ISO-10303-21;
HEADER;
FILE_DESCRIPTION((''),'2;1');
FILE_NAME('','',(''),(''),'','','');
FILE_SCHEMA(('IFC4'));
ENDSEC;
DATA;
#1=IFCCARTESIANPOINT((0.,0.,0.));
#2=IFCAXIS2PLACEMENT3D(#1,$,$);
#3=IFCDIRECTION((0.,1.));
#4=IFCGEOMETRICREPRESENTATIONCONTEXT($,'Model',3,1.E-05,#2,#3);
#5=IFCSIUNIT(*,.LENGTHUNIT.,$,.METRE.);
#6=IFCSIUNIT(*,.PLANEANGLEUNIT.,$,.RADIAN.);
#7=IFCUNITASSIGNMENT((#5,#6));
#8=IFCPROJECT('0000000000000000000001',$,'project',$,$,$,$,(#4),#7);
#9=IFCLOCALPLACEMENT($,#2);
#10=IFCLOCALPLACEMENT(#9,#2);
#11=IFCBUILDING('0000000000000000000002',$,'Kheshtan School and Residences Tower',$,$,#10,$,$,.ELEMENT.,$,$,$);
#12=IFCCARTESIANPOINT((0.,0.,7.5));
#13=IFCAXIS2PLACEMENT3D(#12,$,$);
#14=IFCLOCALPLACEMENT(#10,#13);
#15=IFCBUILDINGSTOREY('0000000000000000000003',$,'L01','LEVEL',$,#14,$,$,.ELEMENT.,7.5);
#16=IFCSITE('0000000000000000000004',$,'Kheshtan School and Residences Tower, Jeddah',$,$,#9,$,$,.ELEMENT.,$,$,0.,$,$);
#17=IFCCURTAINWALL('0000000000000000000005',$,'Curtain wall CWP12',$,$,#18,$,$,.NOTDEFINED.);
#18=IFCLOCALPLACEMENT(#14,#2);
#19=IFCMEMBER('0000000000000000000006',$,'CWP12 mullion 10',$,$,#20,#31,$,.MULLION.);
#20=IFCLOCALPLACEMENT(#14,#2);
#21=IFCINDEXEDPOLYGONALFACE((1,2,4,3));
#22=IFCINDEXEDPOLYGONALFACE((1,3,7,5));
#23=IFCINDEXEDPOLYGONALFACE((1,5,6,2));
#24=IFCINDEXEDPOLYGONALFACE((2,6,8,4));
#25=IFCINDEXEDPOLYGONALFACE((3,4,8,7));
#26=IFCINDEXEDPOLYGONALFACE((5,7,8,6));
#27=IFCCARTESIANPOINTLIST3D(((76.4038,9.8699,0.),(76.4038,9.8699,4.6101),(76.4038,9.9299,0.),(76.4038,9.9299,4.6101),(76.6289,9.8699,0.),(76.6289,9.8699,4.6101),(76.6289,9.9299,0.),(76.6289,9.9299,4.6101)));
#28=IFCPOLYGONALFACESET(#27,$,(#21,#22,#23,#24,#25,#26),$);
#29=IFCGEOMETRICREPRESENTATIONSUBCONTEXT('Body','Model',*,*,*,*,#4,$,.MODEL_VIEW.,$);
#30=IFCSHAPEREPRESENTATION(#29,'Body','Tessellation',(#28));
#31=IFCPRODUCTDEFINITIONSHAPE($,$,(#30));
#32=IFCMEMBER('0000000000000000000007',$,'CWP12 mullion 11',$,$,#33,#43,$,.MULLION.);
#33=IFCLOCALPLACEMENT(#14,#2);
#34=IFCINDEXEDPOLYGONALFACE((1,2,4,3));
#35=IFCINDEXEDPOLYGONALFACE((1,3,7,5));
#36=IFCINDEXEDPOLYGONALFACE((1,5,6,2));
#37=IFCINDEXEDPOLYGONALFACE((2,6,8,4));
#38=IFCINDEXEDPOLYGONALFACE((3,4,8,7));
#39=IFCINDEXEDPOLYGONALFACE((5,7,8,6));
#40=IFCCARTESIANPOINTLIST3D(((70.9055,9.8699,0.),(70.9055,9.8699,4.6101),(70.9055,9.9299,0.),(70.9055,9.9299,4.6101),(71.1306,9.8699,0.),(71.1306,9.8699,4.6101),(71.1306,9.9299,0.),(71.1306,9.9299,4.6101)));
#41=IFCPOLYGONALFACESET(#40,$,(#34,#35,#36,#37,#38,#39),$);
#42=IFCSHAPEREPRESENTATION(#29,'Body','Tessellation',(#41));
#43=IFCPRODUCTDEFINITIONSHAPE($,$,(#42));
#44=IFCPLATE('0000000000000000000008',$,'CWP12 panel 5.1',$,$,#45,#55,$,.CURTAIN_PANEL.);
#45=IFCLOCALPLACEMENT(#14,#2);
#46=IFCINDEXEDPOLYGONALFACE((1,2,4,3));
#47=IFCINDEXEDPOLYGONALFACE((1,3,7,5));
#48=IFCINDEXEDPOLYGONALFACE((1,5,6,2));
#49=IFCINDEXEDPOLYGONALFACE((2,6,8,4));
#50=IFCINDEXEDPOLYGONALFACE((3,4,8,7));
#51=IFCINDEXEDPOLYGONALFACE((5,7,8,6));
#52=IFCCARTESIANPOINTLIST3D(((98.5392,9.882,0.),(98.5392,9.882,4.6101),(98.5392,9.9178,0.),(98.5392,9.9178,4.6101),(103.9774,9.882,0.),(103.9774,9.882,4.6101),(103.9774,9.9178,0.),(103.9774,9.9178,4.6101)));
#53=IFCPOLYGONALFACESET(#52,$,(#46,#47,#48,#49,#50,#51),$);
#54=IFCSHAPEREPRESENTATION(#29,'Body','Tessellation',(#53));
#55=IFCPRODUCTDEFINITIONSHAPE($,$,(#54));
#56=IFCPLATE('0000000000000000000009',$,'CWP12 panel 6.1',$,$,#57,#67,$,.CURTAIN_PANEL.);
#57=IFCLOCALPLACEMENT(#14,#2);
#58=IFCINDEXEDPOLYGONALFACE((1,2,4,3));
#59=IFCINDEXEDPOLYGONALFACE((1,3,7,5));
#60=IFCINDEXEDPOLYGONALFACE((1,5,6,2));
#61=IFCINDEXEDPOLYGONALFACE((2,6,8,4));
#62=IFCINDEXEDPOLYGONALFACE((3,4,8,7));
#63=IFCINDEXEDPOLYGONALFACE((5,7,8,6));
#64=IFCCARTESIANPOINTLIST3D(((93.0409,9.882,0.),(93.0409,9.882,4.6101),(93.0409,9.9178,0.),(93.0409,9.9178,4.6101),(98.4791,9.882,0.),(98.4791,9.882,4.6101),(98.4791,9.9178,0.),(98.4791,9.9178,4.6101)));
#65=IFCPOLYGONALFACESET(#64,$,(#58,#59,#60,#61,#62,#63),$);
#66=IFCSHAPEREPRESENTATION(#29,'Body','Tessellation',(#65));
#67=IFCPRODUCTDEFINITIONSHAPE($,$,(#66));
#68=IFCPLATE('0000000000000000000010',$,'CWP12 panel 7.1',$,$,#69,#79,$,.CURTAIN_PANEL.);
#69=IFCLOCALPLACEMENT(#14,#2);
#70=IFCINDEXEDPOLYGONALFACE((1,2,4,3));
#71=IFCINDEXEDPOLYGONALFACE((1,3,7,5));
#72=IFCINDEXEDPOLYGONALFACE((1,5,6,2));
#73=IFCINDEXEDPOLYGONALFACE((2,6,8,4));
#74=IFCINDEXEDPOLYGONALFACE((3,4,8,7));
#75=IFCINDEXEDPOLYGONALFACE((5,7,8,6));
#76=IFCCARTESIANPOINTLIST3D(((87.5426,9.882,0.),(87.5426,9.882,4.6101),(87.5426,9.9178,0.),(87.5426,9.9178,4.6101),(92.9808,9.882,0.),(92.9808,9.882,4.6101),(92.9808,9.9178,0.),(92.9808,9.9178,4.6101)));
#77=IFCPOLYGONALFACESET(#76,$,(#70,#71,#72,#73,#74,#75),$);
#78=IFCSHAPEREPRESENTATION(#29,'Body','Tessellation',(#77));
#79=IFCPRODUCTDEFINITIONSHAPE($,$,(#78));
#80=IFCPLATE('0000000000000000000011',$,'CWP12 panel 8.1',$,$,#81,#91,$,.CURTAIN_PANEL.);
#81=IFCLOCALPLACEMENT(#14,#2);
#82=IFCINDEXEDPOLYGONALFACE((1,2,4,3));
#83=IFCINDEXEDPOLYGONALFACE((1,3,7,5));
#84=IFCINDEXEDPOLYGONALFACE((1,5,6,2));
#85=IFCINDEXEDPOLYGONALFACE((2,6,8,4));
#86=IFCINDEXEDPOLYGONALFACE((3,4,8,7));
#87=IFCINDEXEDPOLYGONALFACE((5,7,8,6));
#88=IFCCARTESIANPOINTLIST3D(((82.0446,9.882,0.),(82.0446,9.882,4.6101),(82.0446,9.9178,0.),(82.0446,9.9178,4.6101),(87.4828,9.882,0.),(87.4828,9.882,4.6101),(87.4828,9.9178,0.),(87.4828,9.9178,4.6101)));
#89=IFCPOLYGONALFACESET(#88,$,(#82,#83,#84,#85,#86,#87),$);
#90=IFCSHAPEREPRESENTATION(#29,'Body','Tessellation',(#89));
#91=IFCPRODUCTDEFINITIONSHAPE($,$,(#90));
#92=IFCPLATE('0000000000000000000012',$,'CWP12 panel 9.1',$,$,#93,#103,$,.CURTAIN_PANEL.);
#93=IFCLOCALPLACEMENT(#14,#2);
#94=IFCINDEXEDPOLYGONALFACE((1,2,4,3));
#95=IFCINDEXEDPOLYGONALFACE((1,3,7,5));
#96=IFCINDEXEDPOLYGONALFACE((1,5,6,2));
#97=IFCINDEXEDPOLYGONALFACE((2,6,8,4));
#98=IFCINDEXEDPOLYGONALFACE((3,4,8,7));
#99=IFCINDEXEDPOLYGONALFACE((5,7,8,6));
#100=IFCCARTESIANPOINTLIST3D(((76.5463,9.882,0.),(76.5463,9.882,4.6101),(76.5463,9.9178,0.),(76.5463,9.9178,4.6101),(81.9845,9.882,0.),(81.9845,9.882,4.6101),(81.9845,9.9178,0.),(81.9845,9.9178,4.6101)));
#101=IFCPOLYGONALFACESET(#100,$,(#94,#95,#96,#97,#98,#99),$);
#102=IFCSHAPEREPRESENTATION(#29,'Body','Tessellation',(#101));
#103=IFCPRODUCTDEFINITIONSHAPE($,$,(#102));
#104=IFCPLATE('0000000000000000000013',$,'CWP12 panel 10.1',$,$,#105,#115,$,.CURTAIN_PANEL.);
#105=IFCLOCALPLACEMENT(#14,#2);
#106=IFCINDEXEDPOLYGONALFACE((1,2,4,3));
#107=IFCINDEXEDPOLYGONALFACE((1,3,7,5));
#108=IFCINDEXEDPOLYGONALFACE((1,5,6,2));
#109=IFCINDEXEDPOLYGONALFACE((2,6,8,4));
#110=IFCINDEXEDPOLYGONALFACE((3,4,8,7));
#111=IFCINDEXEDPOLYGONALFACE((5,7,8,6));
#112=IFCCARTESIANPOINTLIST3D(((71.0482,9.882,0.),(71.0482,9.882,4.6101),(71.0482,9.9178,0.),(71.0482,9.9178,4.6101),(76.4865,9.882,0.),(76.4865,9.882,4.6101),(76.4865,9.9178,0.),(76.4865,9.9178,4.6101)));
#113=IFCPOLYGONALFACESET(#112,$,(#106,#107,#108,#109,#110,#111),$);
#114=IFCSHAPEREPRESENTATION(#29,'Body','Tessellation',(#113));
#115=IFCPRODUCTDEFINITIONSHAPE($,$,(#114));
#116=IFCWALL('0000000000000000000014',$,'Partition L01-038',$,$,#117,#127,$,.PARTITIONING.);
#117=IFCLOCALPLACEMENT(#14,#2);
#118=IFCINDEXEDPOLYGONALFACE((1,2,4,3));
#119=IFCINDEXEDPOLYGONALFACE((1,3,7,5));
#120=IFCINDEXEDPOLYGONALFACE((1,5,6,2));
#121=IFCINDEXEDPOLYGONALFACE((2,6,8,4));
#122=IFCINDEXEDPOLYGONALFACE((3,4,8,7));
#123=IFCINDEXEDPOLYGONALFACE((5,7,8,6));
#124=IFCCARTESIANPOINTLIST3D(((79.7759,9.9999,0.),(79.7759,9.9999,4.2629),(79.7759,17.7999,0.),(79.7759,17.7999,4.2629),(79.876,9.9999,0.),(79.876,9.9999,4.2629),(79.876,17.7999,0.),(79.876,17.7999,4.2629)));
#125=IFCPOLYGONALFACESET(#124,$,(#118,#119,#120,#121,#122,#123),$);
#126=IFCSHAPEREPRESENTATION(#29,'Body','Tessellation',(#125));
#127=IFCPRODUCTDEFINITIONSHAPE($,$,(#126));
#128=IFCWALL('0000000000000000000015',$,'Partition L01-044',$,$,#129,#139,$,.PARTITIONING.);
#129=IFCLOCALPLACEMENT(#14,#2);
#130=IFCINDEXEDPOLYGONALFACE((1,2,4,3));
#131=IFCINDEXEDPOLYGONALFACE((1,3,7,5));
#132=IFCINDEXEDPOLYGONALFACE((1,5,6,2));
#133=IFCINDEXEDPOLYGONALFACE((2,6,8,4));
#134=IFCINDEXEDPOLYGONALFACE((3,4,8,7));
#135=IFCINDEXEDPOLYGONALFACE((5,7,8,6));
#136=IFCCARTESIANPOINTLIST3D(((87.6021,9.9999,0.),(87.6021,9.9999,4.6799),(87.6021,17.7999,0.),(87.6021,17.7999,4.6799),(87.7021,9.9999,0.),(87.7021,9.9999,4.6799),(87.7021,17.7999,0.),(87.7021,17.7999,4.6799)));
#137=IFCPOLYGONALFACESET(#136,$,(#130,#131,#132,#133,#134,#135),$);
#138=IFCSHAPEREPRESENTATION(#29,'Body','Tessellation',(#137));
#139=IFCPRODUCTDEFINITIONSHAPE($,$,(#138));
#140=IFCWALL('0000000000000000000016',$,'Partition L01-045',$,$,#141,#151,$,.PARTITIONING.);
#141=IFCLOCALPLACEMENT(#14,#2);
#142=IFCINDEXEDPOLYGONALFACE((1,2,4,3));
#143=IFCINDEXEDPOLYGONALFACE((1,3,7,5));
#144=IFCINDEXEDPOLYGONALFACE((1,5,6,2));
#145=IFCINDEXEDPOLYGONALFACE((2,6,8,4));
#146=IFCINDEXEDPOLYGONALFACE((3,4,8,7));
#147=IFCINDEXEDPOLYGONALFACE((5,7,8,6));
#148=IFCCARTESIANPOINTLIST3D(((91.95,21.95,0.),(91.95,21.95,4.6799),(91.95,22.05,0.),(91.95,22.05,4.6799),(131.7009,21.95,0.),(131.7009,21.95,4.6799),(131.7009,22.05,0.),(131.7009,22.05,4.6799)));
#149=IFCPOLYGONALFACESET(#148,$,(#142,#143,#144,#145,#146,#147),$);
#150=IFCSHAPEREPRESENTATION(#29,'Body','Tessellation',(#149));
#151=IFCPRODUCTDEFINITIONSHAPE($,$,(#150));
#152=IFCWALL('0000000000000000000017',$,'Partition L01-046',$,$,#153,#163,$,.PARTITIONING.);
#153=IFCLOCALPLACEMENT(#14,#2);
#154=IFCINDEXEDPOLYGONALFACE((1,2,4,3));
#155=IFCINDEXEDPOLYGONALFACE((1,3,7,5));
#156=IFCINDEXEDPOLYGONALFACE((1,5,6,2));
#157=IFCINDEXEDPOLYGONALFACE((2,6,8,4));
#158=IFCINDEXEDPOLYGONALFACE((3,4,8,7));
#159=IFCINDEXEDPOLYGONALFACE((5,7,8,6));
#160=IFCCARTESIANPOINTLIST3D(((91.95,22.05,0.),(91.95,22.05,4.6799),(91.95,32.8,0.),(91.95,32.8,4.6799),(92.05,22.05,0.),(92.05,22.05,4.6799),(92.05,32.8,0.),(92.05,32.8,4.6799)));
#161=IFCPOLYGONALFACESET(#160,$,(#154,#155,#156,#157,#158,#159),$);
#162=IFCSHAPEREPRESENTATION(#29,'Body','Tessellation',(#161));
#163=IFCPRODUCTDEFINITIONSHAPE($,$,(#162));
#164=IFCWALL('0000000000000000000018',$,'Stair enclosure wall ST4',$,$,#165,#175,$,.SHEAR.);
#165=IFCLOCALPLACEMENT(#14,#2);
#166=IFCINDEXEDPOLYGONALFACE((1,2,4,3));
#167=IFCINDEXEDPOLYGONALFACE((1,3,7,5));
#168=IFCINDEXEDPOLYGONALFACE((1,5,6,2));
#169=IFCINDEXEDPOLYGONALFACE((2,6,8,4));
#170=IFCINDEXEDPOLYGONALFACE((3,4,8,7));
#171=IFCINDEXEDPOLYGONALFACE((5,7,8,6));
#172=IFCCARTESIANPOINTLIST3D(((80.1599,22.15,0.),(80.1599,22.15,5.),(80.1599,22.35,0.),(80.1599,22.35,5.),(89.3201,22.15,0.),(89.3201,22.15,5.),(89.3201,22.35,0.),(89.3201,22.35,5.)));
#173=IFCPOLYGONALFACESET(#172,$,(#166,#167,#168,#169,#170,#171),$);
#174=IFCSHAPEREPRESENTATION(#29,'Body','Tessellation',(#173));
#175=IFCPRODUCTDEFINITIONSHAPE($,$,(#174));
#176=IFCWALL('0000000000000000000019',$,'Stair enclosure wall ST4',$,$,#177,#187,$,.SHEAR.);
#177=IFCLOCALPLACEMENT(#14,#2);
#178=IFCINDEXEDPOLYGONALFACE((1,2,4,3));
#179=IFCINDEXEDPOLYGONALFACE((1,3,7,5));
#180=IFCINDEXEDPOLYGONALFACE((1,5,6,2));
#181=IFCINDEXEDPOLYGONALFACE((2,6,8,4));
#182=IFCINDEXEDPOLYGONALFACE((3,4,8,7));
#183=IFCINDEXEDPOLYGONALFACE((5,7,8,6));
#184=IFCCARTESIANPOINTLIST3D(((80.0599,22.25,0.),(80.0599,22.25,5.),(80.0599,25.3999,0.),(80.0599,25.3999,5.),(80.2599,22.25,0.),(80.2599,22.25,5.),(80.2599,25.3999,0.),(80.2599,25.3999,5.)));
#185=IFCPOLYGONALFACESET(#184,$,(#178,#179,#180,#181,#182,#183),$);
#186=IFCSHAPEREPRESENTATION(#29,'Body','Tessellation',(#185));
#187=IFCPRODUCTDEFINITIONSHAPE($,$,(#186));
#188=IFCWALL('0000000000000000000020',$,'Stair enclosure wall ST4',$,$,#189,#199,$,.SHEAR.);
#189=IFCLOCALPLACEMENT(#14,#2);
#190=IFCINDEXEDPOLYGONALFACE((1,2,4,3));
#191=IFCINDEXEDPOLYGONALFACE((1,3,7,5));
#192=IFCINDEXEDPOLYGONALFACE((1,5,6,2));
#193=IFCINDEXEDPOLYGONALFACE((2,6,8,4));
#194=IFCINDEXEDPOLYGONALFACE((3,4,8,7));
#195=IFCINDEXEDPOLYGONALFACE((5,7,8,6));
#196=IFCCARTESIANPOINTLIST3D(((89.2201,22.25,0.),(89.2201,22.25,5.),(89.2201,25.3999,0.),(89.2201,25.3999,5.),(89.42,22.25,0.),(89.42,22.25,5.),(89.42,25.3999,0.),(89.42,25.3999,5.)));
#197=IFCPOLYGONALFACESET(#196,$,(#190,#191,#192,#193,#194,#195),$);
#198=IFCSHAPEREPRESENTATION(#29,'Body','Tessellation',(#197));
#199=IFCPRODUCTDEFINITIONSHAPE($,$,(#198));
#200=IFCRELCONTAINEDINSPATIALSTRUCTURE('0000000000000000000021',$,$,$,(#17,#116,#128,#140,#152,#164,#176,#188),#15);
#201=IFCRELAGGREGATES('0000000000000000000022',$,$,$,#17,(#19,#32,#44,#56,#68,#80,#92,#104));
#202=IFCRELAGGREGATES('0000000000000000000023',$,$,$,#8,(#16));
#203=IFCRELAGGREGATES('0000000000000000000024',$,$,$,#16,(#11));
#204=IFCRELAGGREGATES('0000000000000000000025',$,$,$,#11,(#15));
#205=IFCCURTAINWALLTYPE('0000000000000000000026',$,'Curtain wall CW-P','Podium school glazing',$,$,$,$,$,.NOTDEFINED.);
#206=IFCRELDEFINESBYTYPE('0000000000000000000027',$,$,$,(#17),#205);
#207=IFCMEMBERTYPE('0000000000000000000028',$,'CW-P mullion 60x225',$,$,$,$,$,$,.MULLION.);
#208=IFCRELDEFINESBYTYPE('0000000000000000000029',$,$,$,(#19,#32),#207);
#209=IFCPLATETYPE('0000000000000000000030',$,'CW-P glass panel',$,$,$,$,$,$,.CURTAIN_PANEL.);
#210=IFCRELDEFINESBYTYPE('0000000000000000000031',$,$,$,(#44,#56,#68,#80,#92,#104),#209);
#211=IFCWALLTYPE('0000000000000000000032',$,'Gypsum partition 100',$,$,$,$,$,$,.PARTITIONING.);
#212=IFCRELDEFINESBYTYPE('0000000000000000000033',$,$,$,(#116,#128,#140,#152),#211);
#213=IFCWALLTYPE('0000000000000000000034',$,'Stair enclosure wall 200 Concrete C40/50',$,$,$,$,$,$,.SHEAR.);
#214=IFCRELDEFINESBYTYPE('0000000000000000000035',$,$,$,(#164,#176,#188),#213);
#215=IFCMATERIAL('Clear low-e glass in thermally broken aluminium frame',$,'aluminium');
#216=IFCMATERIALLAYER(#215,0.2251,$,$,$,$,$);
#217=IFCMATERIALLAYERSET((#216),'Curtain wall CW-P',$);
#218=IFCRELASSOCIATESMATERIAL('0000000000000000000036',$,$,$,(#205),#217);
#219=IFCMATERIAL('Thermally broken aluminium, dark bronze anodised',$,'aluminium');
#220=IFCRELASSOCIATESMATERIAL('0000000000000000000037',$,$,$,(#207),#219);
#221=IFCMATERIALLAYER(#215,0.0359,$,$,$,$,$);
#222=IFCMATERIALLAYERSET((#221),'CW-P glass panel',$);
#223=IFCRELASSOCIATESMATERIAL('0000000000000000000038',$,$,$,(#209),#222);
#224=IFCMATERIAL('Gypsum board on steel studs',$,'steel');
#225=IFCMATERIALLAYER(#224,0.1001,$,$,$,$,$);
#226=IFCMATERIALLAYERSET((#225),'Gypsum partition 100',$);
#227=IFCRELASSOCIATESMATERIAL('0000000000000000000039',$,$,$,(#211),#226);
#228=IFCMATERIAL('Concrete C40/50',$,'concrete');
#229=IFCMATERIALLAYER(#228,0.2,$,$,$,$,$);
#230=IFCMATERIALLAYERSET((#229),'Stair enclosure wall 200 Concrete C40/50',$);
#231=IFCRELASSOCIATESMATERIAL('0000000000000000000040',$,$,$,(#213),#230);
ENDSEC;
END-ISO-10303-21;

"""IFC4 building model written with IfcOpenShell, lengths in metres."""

from ifc_helpers import new_model, si_unit, direction, frame, frame_2d, origin, origin_2d, place, context, subcontext, project, spatial, rectangle, extrude, material, layer, layer_set, material_profile, profile_set, type_object, element, aggregate, save


model = new_model("IFC4")

# Units and contexts
model_context = context("Model", 3, precision=1e-05, world=origin(), true_north=direction((0.0, 1.0)))
body_context = subcontext(model_context, "Body", "Model", "MODEL_VIEW")
ifc_project = project(units=[si_unit("LENGTHUNIT", "METRE"), si_unit("PLANEANGLEUNIT", "RADIAN")], contexts=[model_context])

# Site, building, storey
site_placement = place(None, origin())
site = spatial("IfcSite", under=ifc_project, at=site_placement, Name="Kheshtan School and Residences Tower, Jeddah", CompositionType="ELEMENT", RefElevation=0.0)
building_placement = place(site_placement, origin())
building = spatial("IfcBuilding", under=site, at=building_placement, Name="Kheshtan School and Residences Tower", CompositionType="ELEMENT")
storey_placement = place(building_placement, frame((0.0, 0.0, 7.5)))
storey = spatial("IfcBuildingStorey", under=building, at=storey_placement, Name="L01", Description="LEVEL", CompositionType="ELEMENT", Elevation=7.5)

# Curtain wall, members, plates
ifc_material_1 = material(Name="Clear low-e glass in thermally broken aluminium frame", Category="aluminium")
ifc_layer_1 = layer(ifc_material_1, 0.2251)
ifc_layer_set_1 = layer_set([ifc_layer_1], Name="Curtain wall CW-P")
curtain_wall_type = type_object("IfcCurtainWallType", Name="Curtain wall CW-P", Description="Podium school glazing", PredefinedType="NOTDEFINED", material=ifc_layer_set_1)
curtain_wall_placement = place(storey_placement, origin())
curtain_wall = element("IfcCurtainWall", 1, at=curtain_wall_placement, inside=storey, type_object=curtain_wall_type, Name="Curtain wall CWP12", PredefinedType="NOTDEFINED")
ifc_material_2 = material(Name="Thermally broken aluminium, dark bronze anodised", Category="aluminium")
ifc_material_profile_1 = material_profile(ifc_material_2, rectangle(XDim=0.0601, YDim=0.2251, at=origin_2d()), Name="CW-P mullion 60x225")
ifc_profile_set_1 = profile_set([ifc_material_profile_1], Name="Thermally broken aluminium, dark bronze anodised")
member_type = type_object("IfcMemberType", Name="CW-P mullion 60x225", PredefinedType="MULLION", material=ifc_profile_set_1)
member_1_placement = place(storey_placement, frame((76.5164, 9.8999, 0.0), z_axis=(0.0, 0.0, 1.0), x_axis=(0.0, -1.0, 0.0)))
member_1 = element("IfcMember", 2, at=member_1_placement, type_object=member_type, Name="CWP12 mullion 10", PredefinedType="MULLION", context=body_context, shape_type="SweptSolid", body=[
    extrude(rectangle(XDim=0.0601, YDim=0.2251, at=origin_2d()), origin(), (0.0, 0.0, 1.0), 4.6101),
])
member_2_placement = place(storey_placement, frame((71.0181, 9.8999, 0.0), z_axis=(0.0, 0.0, 1.0), x_axis=(0.0, -1.0, 0.0)))
member_2 = element("IfcMember", 3, at=member_2_placement, type_object=member_type, Name="CWP12 mullion 11", PredefinedType="MULLION", context=body_context, shape_type="SweptSolid", body=[
    extrude(rectangle(XDim=0.0601, YDim=0.2251, at=origin_2d()), origin(), (0.0, 0.0, 1.0), 4.6101),
])
ifc_layer_2 = layer(ifc_material_1, 0.0359)
ifc_layer_set_2 = layer_set([ifc_layer_2], Name="CW-P glass panel")
plate_type = type_object("IfcPlateType", Name="CW-P glass panel", PredefinedType="CURTAIN_PANEL", material=ifc_layer_set_2)
plate_1_placement = place(storey_placement, frame((101.2583, 9.8999, 0.0), z_axis=(0.0, 0.0, 1.0), x_axis=(-1.0, 0.0, 0.0)))
plate_1 = element("IfcPlate", 4, at=plate_1_placement, type_object=plate_type, Name="CWP12 panel 5.1", PredefinedType="CURTAIN_PANEL", context=body_context, shape_type="SweptSolid", body=[
    extrude(rectangle(XDim=5.4382, YDim=0.0359, at=origin_2d()), origin(), (0.0, 0.0, 1.0), 4.6101),
])
plate_2_placement = place(storey_placement, frame((95.76, 9.8999, 0.0), z_axis=(0.0, 0.0, 1.0), x_axis=(-1.0, 0.0, 0.0)))
plate_2 = element("IfcPlate", 5, at=plate_2_placement, type_object=plate_type, Name="CWP12 panel 6.1", PredefinedType="CURTAIN_PANEL", context=body_context, shape_type="SweptSolid", body=[
    extrude(rectangle(XDim=5.4382, YDim=0.0359, at=origin_2d()), origin(), (0.0, 0.0, 1.0), 4.6101),
])
plate_3_placement = place(storey_placement, frame((90.2617, 9.8999, 0.0), z_axis=(0.0, 0.0, 1.0), x_axis=(-1.0, 0.0, 0.0)))
plate_3 = element("IfcPlate", 6, at=plate_3_placement, type_object=plate_type, Name="CWP12 panel 7.1", PredefinedType="CURTAIN_PANEL", context=body_context, shape_type="SweptSolid", body=[
    extrude(rectangle(XDim=5.4382, YDim=0.0359, at=origin_2d()), origin(), (0.0, 0.0, 1.0), 4.6101),
])
plate_4_placement = place(storey_placement, frame((84.7637, 9.8999, 0.0), z_axis=(0.0, 0.0, 1.0), x_axis=(-1.0, 0.0, 0.0)))
plate_4 = element("IfcPlate", 7, at=plate_4_placement, type_object=plate_type, Name="CWP12 panel 8.1", PredefinedType="CURTAIN_PANEL", context=body_context, shape_type="SweptSolid", body=[
    extrude(rectangle(XDim=5.4382, YDim=0.0359, at=origin_2d()), origin(), (0.0, 0.0, 1.0), 4.6101),
])
plate_5_placement = place(storey_placement, frame((79.2654, 9.8999, 0.0), z_axis=(0.0, 0.0, 1.0), x_axis=(-1.0, 0.0, 0.0)))
plate_5 = element("IfcPlate", 8, at=plate_5_placement, type_object=plate_type, Name="CWP12 panel 9.1", PredefinedType="CURTAIN_PANEL", context=body_context, shape_type="SweptSolid", body=[
    extrude(rectangle(XDim=5.4382, YDim=0.0359, at=origin_2d()), origin(), (0.0, 0.0, 1.0), 4.6101),
])
plate_6_placement = place(storey_placement, frame((73.7673, 9.8999, 0.0), z_axis=(0.0, 0.0, 1.0), x_axis=(-1.0, 0.0, 0.0)))
plate_6 = element("IfcPlate", 9, at=plate_6_placement, type_object=plate_type, Name="CWP12 panel 10.1", PredefinedType="CURTAIN_PANEL", context=body_context, shape_type="SweptSolid", body=[
    extrude(rectangle(XDim=5.4382, YDim=0.0359, at=origin_2d()), origin(), (0.0, 0.0, 1.0), 4.6101),
])
aggregate(curtain_wall, [member_1, member_2, plate_1, plate_2, plate_3, plate_4, plate_5, plate_6])

# Walls
ifc_material_3 = material(Name="Gypsum board on steel studs", Category="steel")
ifc_layer_3 = layer(ifc_material_3, 0.1001)
ifc_layer_set_3 = layer_set([ifc_layer_3], Name="Gypsum partition 100")
wall_type_1 = type_object("IfcWallType", Name="Gypsum partition 100", PredefinedType="PARTITIONING", material=ifc_layer_set_3)
wall_1_placement = place(storey_placement, frame((79.8259, 10.0, 0.0), z_axis=(0.0, 0.0, 1.0), x_axis=(0.0, 1.0, 0.0)))
element("IfcWall", 10, at=wall_1_placement, inside=storey, type_object=wall_type_1, Name="Partition L01-038", PredefinedType="PARTITIONING", context=body_context, shape_type="SweptSolid", body=[
    extrude(rectangle(XDim=7.8, YDim=0.1001, at=frame_2d((3.8999, 0.0))), origin(), (0.0, 0.0, 1.0), 4.2629),
])
wall_2_placement = place(storey_placement, frame((87.6521, 10.0, 0.0), z_axis=(0.0, 0.0, 1.0), x_axis=(0.0, 1.0, 0.0)))
element("IfcWall", 11, at=wall_2_placement, inside=storey, type_object=wall_type_1, Name="Partition L01-044", PredefinedType="PARTITIONING", context=body_context, shape_type="SweptSolid", body=[
    extrude(rectangle(XDim=7.8, YDim=0.1001, at=frame_2d((3.8999, 0.0))), origin(), (0.0, 0.0, 1.0), 4.6799),
])
wall_3_placement = place(storey_placement, frame((91.95, 22.0, 0.0), z_axis=(0.0, 0.0, 1.0), x_axis=(1.0, 0.0, 0.0)))
element("IfcWall", 12, at=wall_3_placement, inside=storey, type_object=wall_type_1, Name="Partition L01-045", PredefinedType="PARTITIONING", context=body_context, shape_type="SweptSolid", body=[
    extrude(rectangle(XDim=39.751, YDim=0.1001, at=frame_2d((19.8755, 0.0))), origin(), (0.0, 0.0, 1.0), 4.6799),
])
wall_4_placement = place(storey_placement, frame((92.0, 22.05, 0.0), z_axis=(0.0, 0.0, 1.0), x_axis=(0.0, 1.0, 0.0)))
element("IfcWall", 13, at=wall_4_placement, inside=storey, type_object=wall_type_1, Name="Partition L01-046", PredefinedType="PARTITIONING", context=body_context, shape_type="SweptSolid", body=[
    extrude(rectangle(XDim=10.75, YDim=0.1001, at=frame_2d((5.375, 0.0))), origin(), (0.0, 0.0, 1.0), 4.6799),
])
ifc_material_4 = material(Name="Concrete C40/50", Category="concrete")
ifc_layer_4 = layer(ifc_material_4, 0.2)
ifc_layer_set_4 = layer_set([ifc_layer_4], Name="Stair enclosure wall 200 Concrete C40/50")
wall_type_2 = type_object("IfcWallType", Name="Stair enclosure wall 200 Concrete C40/50", PredefinedType="SHEAR", material=ifc_layer_set_4)
wall_5_placement = place(storey_placement, frame((80.1599, 22.25, 0.0), z_axis=(0.0, 0.0, 1.0), x_axis=(1.0, 0.0, 0.0)))
element("IfcWall", 14, at=wall_5_placement, inside=storey, type_object=wall_type_2, Name="Stair enclosure wall ST4", PredefinedType="SHEAR", context=body_context, shape_type="SweptSolid", body=[
    extrude(rectangle(XDim=9.1602, YDim=0.2, at=frame_2d((4.5801, 0.0))), origin(), (0.0, 0.0, 1.0), 5.0),
])
for number, where, z_axis, x_axis, name in (
    (15, (80.1599, 22.25, 0.0), (0.0, 0.0, 1.0), (0.0, 1.0, 0.0), "Stair enclosure wall ST4"),
    (16, (89.3201, 22.25, 0.0), (0.0, 0.0, 1.0), (0.0, 1.0, 0.0), "Stair enclosure wall ST4"),
):
    element("IfcWall", number, at=place(storey_placement, frame(where, z_axis=z_axis, x_axis=x_axis)), inside=storey, type_object=wall_type_2, Name=name, PredefinedType="SHEAR", context=body_context, shape_type="SweptSolid", body=[
        extrude(rectangle(XDim=3.1499, YDim=0.2, at=frame_2d((1.575, 0.0))), origin(), (0.0, 0.0, 1.0), 5.0),
    ])

save(model, "model.ifc")
